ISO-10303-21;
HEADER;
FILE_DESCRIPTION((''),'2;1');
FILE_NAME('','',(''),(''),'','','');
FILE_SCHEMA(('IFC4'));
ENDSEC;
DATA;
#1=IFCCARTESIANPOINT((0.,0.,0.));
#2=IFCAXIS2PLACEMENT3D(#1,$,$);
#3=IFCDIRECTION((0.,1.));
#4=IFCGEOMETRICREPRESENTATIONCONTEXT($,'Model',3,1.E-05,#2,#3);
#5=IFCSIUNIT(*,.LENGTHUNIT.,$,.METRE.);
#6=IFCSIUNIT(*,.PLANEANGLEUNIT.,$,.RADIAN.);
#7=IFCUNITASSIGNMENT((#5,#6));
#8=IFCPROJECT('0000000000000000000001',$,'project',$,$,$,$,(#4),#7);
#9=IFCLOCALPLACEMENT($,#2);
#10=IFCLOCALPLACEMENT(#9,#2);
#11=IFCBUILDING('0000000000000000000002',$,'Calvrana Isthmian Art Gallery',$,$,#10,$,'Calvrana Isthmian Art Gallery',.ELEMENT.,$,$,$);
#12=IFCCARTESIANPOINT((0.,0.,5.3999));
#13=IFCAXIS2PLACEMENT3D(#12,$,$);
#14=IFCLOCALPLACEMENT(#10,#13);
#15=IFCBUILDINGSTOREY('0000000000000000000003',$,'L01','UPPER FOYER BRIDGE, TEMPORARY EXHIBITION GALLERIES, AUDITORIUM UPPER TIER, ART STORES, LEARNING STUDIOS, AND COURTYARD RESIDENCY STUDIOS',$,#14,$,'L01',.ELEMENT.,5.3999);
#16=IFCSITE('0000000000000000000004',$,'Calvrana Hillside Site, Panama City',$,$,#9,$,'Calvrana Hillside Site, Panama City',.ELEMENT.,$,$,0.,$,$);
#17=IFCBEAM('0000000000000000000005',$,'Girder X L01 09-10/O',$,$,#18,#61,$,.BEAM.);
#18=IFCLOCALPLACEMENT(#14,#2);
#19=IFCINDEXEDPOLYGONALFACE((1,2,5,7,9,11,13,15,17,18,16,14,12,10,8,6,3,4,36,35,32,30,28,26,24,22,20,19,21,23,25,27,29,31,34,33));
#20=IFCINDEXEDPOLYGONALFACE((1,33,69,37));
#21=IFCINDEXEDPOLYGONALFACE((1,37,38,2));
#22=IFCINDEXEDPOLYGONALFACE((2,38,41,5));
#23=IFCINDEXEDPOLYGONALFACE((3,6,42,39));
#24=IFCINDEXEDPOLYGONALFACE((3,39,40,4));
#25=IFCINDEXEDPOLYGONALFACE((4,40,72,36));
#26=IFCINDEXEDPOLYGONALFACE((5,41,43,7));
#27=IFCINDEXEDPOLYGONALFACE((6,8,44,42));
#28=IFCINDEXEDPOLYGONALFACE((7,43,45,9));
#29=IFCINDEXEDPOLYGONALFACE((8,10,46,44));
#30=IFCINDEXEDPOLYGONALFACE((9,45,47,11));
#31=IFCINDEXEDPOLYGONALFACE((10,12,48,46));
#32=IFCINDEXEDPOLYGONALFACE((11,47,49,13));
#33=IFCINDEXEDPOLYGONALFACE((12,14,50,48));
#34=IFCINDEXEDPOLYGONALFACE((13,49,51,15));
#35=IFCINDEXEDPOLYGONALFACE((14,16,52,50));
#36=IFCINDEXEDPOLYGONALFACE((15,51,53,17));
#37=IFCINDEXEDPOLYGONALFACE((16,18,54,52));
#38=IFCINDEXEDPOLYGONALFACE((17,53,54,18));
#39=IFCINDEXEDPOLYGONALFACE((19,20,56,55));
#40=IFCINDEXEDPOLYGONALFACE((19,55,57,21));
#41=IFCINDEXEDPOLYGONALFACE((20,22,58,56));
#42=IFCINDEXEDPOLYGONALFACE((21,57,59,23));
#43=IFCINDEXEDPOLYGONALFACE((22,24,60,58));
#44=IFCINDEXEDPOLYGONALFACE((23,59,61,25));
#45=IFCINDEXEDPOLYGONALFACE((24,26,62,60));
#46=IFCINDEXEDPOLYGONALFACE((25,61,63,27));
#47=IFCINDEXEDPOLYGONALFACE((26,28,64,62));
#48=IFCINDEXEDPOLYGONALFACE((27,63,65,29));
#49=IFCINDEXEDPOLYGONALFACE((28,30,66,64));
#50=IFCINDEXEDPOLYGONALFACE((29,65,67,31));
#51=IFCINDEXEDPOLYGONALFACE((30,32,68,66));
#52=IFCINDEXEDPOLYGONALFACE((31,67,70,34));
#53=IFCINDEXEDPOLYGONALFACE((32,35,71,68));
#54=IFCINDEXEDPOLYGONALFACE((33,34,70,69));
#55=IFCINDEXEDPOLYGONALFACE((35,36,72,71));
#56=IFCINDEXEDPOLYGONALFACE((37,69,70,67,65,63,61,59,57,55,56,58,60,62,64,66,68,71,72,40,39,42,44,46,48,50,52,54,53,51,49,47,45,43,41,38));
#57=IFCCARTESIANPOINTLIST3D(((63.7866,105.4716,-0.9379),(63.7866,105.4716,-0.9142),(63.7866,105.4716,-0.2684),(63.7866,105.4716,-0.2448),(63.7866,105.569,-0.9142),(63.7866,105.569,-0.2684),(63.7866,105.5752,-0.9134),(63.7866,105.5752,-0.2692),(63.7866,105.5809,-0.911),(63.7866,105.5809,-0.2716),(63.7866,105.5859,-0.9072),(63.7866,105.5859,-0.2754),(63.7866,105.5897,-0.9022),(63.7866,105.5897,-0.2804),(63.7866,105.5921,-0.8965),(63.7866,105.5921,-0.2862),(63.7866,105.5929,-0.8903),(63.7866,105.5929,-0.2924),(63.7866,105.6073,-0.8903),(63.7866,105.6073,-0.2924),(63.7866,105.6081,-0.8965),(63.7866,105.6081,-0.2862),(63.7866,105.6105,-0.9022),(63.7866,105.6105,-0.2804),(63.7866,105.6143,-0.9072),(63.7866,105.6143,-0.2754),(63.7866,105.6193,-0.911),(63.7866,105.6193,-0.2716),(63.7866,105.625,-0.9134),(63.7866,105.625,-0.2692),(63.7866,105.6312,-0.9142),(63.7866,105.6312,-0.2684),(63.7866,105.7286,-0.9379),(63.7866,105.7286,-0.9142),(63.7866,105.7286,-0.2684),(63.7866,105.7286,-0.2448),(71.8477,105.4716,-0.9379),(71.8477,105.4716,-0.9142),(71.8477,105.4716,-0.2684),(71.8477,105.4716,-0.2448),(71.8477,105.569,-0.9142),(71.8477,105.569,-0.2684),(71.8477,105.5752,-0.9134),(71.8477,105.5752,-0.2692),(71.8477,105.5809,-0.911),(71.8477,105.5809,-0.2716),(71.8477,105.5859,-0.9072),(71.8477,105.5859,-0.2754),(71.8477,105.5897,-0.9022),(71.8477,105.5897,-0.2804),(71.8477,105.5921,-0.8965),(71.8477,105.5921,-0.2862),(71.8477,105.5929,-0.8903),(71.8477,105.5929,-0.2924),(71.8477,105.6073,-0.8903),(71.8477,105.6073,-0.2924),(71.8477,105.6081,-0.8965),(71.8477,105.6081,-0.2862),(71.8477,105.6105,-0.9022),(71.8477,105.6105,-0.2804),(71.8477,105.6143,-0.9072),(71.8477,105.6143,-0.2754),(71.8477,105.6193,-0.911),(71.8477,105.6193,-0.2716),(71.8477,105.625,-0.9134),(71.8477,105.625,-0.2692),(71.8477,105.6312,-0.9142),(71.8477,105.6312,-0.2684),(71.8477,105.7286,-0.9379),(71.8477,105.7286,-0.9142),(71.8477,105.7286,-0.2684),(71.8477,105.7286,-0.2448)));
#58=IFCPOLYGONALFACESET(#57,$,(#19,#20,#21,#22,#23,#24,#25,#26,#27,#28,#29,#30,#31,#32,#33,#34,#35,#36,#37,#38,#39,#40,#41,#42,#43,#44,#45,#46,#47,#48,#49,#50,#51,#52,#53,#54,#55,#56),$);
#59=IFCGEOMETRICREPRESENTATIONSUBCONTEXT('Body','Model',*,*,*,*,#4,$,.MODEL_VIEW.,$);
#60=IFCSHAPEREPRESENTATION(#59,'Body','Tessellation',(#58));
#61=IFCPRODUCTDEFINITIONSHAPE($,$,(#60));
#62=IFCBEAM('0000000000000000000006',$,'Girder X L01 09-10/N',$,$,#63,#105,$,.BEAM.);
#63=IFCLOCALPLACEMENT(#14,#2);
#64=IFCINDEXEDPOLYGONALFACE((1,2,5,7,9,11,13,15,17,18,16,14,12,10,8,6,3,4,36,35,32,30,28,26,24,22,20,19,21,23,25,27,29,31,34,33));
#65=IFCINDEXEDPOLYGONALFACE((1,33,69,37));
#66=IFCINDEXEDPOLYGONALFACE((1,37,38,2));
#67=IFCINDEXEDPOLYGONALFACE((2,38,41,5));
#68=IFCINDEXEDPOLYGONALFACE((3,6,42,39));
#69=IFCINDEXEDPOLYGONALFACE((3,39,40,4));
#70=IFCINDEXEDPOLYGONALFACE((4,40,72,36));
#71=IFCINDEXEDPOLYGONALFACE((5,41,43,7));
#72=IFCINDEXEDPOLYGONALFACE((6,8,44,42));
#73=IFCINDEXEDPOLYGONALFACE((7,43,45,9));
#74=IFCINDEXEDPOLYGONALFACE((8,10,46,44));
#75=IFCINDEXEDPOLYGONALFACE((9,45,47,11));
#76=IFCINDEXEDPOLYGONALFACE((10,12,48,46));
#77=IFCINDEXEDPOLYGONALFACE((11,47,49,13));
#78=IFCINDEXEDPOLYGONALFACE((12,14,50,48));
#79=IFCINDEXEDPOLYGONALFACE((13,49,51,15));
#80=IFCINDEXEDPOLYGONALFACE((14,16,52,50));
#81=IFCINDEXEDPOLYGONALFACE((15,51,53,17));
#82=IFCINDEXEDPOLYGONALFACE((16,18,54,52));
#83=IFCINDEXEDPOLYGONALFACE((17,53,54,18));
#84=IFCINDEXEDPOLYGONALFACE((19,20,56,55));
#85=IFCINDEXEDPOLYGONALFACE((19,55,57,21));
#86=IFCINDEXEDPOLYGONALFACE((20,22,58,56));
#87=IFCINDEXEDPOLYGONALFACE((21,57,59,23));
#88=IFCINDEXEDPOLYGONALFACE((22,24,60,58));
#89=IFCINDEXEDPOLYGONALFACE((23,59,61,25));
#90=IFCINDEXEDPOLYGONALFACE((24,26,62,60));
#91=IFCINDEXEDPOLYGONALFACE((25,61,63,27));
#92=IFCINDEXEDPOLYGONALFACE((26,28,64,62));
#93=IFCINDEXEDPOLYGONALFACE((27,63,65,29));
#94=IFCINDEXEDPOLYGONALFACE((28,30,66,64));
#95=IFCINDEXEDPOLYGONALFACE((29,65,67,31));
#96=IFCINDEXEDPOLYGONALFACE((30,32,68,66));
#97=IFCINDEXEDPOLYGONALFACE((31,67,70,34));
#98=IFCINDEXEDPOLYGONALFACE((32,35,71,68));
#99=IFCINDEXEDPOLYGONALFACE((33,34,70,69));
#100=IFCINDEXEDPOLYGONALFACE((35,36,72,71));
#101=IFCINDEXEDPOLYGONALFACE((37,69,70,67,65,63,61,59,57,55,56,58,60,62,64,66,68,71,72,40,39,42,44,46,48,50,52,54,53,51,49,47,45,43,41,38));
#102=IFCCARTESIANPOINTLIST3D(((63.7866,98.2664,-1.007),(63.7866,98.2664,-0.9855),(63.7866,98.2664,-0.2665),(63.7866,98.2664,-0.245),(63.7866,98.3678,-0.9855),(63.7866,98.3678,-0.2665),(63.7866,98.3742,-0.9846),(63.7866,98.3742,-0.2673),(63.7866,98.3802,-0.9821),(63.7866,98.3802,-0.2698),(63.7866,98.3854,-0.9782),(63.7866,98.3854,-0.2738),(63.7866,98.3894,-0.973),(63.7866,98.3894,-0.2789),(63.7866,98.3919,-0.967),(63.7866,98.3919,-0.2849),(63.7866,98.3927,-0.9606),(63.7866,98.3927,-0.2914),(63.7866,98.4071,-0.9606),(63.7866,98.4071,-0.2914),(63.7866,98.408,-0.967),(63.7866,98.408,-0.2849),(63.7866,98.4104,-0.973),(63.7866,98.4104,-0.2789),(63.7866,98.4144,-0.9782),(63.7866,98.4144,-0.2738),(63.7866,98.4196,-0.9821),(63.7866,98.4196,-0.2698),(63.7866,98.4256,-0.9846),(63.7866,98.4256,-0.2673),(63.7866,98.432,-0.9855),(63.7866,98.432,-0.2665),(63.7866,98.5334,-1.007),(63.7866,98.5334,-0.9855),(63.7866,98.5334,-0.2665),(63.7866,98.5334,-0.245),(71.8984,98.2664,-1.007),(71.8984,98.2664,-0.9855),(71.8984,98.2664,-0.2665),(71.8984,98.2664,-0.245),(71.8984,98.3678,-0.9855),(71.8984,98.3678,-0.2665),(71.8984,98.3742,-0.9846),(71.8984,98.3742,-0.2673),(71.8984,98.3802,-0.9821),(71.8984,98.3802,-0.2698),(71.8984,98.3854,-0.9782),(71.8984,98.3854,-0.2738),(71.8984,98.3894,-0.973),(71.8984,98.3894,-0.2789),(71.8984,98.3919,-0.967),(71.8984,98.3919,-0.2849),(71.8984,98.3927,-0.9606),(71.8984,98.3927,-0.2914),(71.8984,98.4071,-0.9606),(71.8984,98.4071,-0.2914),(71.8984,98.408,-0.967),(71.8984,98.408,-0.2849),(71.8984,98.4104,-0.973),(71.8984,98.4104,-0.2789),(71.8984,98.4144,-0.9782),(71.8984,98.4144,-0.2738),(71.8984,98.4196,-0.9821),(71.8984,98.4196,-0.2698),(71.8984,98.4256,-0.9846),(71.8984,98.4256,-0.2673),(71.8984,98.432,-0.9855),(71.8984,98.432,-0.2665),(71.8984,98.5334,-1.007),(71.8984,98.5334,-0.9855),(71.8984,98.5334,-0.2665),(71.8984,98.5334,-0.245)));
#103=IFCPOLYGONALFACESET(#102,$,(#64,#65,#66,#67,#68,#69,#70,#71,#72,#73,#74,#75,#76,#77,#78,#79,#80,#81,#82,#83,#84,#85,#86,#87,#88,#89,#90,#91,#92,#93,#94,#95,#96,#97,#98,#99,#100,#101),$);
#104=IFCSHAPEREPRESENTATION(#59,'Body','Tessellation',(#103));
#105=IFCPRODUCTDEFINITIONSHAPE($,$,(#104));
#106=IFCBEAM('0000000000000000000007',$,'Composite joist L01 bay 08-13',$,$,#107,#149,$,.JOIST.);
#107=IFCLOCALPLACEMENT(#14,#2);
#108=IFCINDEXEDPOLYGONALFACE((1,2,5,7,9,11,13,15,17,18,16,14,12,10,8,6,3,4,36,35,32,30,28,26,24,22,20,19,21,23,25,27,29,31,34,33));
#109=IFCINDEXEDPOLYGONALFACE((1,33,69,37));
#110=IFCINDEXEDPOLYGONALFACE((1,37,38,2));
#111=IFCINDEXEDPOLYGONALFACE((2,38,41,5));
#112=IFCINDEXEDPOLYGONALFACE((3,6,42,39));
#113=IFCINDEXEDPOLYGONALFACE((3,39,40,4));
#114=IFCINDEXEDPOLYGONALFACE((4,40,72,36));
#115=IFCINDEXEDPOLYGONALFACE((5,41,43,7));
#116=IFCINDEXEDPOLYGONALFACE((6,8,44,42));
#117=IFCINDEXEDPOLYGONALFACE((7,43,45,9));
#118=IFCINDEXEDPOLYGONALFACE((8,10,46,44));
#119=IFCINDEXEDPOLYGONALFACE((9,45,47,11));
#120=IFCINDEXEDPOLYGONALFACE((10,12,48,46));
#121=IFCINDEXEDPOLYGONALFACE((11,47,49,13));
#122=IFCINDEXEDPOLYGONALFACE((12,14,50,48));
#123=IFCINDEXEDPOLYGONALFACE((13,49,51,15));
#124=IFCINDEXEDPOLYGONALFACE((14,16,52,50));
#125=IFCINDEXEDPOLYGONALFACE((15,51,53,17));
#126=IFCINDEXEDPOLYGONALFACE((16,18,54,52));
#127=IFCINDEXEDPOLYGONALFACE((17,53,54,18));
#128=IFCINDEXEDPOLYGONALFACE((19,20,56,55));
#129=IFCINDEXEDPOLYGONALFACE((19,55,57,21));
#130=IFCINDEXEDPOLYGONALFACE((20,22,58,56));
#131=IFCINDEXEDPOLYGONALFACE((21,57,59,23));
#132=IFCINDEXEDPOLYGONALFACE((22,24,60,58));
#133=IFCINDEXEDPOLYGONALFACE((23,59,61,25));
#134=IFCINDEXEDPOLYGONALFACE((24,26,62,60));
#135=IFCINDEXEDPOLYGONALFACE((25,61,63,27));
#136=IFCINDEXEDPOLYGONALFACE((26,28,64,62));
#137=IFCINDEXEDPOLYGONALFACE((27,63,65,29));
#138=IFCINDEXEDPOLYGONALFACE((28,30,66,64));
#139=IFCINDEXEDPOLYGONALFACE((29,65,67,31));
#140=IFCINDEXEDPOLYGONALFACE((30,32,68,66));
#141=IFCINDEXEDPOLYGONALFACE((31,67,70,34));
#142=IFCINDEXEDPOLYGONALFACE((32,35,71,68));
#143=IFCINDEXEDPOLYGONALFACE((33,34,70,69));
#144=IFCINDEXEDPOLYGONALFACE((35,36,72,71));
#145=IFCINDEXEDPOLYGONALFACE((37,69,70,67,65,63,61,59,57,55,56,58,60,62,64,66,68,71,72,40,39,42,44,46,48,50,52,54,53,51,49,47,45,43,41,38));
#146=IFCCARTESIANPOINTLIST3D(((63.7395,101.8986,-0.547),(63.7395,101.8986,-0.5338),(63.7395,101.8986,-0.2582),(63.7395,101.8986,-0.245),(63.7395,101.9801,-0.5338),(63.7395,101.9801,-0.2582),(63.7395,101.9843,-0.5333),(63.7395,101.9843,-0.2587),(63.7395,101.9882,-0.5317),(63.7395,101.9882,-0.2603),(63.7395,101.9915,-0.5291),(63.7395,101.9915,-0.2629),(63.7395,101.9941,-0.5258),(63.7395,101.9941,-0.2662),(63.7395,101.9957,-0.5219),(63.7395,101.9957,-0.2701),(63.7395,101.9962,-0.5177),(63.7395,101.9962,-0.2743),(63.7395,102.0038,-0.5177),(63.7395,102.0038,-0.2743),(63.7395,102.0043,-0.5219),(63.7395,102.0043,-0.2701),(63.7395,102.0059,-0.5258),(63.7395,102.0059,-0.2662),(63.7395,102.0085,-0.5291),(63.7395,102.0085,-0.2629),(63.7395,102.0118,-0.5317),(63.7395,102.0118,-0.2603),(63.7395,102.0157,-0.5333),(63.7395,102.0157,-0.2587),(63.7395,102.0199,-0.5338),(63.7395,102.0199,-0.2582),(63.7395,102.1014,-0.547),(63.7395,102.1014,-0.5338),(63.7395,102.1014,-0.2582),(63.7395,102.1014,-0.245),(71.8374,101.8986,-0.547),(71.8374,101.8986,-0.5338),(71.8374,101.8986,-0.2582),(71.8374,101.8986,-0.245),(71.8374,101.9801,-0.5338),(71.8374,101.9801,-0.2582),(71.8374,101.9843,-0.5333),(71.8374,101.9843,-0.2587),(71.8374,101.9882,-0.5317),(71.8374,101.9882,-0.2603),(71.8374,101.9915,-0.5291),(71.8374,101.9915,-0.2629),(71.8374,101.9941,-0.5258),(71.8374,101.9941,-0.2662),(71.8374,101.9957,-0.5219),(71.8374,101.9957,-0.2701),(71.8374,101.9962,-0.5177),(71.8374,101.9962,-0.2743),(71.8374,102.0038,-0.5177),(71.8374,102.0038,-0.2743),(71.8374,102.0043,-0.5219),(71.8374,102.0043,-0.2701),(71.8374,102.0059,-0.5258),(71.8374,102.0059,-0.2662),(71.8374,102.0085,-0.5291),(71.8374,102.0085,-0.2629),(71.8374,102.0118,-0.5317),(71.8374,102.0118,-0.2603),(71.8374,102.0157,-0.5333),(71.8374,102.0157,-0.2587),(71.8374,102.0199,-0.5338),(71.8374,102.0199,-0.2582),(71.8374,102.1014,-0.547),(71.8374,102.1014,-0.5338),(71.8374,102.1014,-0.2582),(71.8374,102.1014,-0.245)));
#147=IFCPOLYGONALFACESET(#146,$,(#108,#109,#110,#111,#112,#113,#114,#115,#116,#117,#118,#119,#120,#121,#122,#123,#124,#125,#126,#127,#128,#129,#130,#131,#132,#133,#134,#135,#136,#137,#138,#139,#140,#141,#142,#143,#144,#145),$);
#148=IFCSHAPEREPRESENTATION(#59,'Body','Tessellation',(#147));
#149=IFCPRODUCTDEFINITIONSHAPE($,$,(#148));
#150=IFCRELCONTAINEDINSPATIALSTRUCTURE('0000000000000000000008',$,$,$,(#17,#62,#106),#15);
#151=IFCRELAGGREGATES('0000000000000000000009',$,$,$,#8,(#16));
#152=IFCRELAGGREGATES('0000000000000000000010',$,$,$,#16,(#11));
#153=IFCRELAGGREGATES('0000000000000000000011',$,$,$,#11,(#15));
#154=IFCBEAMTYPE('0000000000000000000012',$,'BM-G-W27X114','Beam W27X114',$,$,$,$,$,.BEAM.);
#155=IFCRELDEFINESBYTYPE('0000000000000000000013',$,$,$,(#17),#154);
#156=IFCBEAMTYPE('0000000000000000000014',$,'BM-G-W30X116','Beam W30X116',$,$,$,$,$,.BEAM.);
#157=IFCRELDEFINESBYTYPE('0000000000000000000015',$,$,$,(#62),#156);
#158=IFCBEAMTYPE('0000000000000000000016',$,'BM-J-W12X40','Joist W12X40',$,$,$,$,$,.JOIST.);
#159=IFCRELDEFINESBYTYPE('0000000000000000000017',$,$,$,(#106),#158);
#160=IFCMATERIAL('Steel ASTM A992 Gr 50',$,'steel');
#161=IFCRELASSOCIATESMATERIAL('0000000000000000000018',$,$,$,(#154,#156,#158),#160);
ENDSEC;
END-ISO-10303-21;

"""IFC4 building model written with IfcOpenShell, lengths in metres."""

from ifc_helpers import new_model, si_unit, direction, frame, origin, origin_2d, place, context, subcontext, project, spatial, i_section, extrude, material, material_profile, profile_set, type_object, element, save


model = new_model("IFC4")

# Units and contexts
model_context = context("Model", 3, precision=1e-05, world=origin(), true_north=direction((0.0, 1.0)))
body_context = subcontext(model_context, "Body", "Model", "MODEL_VIEW")
ifc_project = project(units=[si_unit("LENGTHUNIT", "METRE"), si_unit("PLANEANGLEUNIT", "RADIAN")], contexts=[model_context])

# Site, building, storey
site_placement = place(None, origin())
site = spatial("IfcSite", under=ifc_project, at=site_placement, Name="Calvrana Hillside Site, Panama City", LongName="Calvrana Hillside Site, Panama City", CompositionType="ELEMENT", RefElevation=0.0)
building_placement = place(site_placement, origin())
building = spatial("IfcBuilding", under=site, at=building_placement, Name="Calvrana Isthmian Art Gallery", LongName="Calvrana Isthmian Art Gallery", CompositionType="ELEMENT")
storey_placement = place(building_placement, frame((0.0, 0.0, 5.3999)))
storey = spatial("IfcBuildingStorey", under=building, at=storey_placement, Name="L01", Description="UPPER FOYER BRIDGE, TEMPORARY EXHIBITION GALLERIES, AUDITORIUM UPPER TIER, ART STORES, LEARNING STUDIOS, AND COURTYARD RESIDENCY STUDIOS", LongName="L01", CompositionType="ELEMENT", Elevation=5.3999)

# Shared definitions
ifc_material_1 = material(Name="Steel ASTM A992 Gr 50", Category="steel")

# Beams
ifc_material_profile_1 = material_profile(ifc_material_1, i_section(OverallWidth=0.2571, OverallDepth=0.6931, WebThickness=0.0144, FlangeThickness=0.0237, FilletRadius=0.0239, at=origin_2d()), Name="W27X114")
ifc_profile_set_1 = profile_set([ifc_material_profile_1], Name="Steel ASTM A992 Gr 50")
beam_type_1 = type_object("IfcBeamType", Name="BM-G-W27X114", Description="Beam W27X114", PredefinedType="BEAM", material=ifc_profile_set_1)
beam_1_placement = place(storey_placement, frame((63.7866, 105.6001, -0.5913), z_axis=(1.0, 0.0, 0.0), x_axis=(0.0, 1.0, 0.0)))
element("IfcBeam", 1, at=beam_1_placement, inside=storey, type_object=beam_type_1, Name="Girder X L01 09-10/O", PredefinedType="BEAM", context=body_context, shape_type="SweptSolid", body=[
    extrude(i_section(OverallWidth=0.2571, OverallDepth=0.6931, WebThickness=0.0144, FlangeThickness=0.0237, FilletRadius=0.0239, at=origin_2d()), origin(), (0.0, 0.0, 1.0), 8.061),
])
ifc_material_profile_2 = material_profile(ifc_material_1, i_section(OverallWidth=0.2671, OverallDepth=0.762, WebThickness=0.0144, FlangeThickness=0.0215, FilletRadius=0.0249, at=origin_2d()), Name="W30X116")
ifc_profile_set_2 = profile_set([ifc_material_profile_2], Name="Steel ASTM A992 Gr 50")
beam_type_2 = type_object("IfcBeamType", Name="BM-G-W30X116", Description="Beam W30X116", PredefinedType="BEAM", material=ifc_profile_set_2)
beam_2_placement = place(storey_placement, frame((63.7866, 98.3999, -0.626), z_axis=(1.0, 0.0, 0.0), x_axis=(0.0, 1.0, 0.0)))
element("IfcBeam", 2, at=beam_2_placement, inside=storey, type_object=beam_type_2, Name="Girder X L01 09-10/N", PredefinedType="BEAM", context=body_context, shape_type="SweptSolid", body=[
    extrude(i_section(OverallWidth=0.2671, OverallDepth=0.762, WebThickness=0.0144, FlangeThickness=0.0215, FilletRadius=0.0249, at=origin_2d()), origin(), (0.0, 0.0, 1.0), 8.1118),
])
ifc_material_profile_3 = material_profile(ifc_material_1, i_section(OverallWidth=0.2029, OverallDepth=0.302, WebThickness=0.0076, FlangeThickness=0.0132, FilletRadius=0.0161, at=origin_2d()), Name="W12X40")
ifc_profile_set_3 = profile_set([ifc_material_profile_3], Name="Steel ASTM A992 Gr 50")
beam_type_3 = type_object("IfcBeamType", Name="BM-J-W12X40", Description="Joist W12X40", PredefinedType="JOIST", material=ifc_profile_set_3)
beam_3_placement = place(storey_placement, frame((63.7395, 102.0, -0.396), z_axis=(1.0, 0.0, 0.0), x_axis=(0.0, 1.0, 0.0)))
element("IfcBeam", 3, at=beam_3_placement, inside=storey, type_object=beam_type_3, Name="Composite joist L01 bay 08-13", PredefinedType="JOIST", context=body_context, shape_type="SweptSolid", body=[
    extrude(i_section(OverallWidth=0.2029, OverallDepth=0.302, WebThickness=0.0076, FlangeThickness=0.0132, FilletRadius=0.0161, at=origin_2d()), origin(), (0.0, 0.0, 1.0), 8.0979),
])

save(model, "model.ifc")
